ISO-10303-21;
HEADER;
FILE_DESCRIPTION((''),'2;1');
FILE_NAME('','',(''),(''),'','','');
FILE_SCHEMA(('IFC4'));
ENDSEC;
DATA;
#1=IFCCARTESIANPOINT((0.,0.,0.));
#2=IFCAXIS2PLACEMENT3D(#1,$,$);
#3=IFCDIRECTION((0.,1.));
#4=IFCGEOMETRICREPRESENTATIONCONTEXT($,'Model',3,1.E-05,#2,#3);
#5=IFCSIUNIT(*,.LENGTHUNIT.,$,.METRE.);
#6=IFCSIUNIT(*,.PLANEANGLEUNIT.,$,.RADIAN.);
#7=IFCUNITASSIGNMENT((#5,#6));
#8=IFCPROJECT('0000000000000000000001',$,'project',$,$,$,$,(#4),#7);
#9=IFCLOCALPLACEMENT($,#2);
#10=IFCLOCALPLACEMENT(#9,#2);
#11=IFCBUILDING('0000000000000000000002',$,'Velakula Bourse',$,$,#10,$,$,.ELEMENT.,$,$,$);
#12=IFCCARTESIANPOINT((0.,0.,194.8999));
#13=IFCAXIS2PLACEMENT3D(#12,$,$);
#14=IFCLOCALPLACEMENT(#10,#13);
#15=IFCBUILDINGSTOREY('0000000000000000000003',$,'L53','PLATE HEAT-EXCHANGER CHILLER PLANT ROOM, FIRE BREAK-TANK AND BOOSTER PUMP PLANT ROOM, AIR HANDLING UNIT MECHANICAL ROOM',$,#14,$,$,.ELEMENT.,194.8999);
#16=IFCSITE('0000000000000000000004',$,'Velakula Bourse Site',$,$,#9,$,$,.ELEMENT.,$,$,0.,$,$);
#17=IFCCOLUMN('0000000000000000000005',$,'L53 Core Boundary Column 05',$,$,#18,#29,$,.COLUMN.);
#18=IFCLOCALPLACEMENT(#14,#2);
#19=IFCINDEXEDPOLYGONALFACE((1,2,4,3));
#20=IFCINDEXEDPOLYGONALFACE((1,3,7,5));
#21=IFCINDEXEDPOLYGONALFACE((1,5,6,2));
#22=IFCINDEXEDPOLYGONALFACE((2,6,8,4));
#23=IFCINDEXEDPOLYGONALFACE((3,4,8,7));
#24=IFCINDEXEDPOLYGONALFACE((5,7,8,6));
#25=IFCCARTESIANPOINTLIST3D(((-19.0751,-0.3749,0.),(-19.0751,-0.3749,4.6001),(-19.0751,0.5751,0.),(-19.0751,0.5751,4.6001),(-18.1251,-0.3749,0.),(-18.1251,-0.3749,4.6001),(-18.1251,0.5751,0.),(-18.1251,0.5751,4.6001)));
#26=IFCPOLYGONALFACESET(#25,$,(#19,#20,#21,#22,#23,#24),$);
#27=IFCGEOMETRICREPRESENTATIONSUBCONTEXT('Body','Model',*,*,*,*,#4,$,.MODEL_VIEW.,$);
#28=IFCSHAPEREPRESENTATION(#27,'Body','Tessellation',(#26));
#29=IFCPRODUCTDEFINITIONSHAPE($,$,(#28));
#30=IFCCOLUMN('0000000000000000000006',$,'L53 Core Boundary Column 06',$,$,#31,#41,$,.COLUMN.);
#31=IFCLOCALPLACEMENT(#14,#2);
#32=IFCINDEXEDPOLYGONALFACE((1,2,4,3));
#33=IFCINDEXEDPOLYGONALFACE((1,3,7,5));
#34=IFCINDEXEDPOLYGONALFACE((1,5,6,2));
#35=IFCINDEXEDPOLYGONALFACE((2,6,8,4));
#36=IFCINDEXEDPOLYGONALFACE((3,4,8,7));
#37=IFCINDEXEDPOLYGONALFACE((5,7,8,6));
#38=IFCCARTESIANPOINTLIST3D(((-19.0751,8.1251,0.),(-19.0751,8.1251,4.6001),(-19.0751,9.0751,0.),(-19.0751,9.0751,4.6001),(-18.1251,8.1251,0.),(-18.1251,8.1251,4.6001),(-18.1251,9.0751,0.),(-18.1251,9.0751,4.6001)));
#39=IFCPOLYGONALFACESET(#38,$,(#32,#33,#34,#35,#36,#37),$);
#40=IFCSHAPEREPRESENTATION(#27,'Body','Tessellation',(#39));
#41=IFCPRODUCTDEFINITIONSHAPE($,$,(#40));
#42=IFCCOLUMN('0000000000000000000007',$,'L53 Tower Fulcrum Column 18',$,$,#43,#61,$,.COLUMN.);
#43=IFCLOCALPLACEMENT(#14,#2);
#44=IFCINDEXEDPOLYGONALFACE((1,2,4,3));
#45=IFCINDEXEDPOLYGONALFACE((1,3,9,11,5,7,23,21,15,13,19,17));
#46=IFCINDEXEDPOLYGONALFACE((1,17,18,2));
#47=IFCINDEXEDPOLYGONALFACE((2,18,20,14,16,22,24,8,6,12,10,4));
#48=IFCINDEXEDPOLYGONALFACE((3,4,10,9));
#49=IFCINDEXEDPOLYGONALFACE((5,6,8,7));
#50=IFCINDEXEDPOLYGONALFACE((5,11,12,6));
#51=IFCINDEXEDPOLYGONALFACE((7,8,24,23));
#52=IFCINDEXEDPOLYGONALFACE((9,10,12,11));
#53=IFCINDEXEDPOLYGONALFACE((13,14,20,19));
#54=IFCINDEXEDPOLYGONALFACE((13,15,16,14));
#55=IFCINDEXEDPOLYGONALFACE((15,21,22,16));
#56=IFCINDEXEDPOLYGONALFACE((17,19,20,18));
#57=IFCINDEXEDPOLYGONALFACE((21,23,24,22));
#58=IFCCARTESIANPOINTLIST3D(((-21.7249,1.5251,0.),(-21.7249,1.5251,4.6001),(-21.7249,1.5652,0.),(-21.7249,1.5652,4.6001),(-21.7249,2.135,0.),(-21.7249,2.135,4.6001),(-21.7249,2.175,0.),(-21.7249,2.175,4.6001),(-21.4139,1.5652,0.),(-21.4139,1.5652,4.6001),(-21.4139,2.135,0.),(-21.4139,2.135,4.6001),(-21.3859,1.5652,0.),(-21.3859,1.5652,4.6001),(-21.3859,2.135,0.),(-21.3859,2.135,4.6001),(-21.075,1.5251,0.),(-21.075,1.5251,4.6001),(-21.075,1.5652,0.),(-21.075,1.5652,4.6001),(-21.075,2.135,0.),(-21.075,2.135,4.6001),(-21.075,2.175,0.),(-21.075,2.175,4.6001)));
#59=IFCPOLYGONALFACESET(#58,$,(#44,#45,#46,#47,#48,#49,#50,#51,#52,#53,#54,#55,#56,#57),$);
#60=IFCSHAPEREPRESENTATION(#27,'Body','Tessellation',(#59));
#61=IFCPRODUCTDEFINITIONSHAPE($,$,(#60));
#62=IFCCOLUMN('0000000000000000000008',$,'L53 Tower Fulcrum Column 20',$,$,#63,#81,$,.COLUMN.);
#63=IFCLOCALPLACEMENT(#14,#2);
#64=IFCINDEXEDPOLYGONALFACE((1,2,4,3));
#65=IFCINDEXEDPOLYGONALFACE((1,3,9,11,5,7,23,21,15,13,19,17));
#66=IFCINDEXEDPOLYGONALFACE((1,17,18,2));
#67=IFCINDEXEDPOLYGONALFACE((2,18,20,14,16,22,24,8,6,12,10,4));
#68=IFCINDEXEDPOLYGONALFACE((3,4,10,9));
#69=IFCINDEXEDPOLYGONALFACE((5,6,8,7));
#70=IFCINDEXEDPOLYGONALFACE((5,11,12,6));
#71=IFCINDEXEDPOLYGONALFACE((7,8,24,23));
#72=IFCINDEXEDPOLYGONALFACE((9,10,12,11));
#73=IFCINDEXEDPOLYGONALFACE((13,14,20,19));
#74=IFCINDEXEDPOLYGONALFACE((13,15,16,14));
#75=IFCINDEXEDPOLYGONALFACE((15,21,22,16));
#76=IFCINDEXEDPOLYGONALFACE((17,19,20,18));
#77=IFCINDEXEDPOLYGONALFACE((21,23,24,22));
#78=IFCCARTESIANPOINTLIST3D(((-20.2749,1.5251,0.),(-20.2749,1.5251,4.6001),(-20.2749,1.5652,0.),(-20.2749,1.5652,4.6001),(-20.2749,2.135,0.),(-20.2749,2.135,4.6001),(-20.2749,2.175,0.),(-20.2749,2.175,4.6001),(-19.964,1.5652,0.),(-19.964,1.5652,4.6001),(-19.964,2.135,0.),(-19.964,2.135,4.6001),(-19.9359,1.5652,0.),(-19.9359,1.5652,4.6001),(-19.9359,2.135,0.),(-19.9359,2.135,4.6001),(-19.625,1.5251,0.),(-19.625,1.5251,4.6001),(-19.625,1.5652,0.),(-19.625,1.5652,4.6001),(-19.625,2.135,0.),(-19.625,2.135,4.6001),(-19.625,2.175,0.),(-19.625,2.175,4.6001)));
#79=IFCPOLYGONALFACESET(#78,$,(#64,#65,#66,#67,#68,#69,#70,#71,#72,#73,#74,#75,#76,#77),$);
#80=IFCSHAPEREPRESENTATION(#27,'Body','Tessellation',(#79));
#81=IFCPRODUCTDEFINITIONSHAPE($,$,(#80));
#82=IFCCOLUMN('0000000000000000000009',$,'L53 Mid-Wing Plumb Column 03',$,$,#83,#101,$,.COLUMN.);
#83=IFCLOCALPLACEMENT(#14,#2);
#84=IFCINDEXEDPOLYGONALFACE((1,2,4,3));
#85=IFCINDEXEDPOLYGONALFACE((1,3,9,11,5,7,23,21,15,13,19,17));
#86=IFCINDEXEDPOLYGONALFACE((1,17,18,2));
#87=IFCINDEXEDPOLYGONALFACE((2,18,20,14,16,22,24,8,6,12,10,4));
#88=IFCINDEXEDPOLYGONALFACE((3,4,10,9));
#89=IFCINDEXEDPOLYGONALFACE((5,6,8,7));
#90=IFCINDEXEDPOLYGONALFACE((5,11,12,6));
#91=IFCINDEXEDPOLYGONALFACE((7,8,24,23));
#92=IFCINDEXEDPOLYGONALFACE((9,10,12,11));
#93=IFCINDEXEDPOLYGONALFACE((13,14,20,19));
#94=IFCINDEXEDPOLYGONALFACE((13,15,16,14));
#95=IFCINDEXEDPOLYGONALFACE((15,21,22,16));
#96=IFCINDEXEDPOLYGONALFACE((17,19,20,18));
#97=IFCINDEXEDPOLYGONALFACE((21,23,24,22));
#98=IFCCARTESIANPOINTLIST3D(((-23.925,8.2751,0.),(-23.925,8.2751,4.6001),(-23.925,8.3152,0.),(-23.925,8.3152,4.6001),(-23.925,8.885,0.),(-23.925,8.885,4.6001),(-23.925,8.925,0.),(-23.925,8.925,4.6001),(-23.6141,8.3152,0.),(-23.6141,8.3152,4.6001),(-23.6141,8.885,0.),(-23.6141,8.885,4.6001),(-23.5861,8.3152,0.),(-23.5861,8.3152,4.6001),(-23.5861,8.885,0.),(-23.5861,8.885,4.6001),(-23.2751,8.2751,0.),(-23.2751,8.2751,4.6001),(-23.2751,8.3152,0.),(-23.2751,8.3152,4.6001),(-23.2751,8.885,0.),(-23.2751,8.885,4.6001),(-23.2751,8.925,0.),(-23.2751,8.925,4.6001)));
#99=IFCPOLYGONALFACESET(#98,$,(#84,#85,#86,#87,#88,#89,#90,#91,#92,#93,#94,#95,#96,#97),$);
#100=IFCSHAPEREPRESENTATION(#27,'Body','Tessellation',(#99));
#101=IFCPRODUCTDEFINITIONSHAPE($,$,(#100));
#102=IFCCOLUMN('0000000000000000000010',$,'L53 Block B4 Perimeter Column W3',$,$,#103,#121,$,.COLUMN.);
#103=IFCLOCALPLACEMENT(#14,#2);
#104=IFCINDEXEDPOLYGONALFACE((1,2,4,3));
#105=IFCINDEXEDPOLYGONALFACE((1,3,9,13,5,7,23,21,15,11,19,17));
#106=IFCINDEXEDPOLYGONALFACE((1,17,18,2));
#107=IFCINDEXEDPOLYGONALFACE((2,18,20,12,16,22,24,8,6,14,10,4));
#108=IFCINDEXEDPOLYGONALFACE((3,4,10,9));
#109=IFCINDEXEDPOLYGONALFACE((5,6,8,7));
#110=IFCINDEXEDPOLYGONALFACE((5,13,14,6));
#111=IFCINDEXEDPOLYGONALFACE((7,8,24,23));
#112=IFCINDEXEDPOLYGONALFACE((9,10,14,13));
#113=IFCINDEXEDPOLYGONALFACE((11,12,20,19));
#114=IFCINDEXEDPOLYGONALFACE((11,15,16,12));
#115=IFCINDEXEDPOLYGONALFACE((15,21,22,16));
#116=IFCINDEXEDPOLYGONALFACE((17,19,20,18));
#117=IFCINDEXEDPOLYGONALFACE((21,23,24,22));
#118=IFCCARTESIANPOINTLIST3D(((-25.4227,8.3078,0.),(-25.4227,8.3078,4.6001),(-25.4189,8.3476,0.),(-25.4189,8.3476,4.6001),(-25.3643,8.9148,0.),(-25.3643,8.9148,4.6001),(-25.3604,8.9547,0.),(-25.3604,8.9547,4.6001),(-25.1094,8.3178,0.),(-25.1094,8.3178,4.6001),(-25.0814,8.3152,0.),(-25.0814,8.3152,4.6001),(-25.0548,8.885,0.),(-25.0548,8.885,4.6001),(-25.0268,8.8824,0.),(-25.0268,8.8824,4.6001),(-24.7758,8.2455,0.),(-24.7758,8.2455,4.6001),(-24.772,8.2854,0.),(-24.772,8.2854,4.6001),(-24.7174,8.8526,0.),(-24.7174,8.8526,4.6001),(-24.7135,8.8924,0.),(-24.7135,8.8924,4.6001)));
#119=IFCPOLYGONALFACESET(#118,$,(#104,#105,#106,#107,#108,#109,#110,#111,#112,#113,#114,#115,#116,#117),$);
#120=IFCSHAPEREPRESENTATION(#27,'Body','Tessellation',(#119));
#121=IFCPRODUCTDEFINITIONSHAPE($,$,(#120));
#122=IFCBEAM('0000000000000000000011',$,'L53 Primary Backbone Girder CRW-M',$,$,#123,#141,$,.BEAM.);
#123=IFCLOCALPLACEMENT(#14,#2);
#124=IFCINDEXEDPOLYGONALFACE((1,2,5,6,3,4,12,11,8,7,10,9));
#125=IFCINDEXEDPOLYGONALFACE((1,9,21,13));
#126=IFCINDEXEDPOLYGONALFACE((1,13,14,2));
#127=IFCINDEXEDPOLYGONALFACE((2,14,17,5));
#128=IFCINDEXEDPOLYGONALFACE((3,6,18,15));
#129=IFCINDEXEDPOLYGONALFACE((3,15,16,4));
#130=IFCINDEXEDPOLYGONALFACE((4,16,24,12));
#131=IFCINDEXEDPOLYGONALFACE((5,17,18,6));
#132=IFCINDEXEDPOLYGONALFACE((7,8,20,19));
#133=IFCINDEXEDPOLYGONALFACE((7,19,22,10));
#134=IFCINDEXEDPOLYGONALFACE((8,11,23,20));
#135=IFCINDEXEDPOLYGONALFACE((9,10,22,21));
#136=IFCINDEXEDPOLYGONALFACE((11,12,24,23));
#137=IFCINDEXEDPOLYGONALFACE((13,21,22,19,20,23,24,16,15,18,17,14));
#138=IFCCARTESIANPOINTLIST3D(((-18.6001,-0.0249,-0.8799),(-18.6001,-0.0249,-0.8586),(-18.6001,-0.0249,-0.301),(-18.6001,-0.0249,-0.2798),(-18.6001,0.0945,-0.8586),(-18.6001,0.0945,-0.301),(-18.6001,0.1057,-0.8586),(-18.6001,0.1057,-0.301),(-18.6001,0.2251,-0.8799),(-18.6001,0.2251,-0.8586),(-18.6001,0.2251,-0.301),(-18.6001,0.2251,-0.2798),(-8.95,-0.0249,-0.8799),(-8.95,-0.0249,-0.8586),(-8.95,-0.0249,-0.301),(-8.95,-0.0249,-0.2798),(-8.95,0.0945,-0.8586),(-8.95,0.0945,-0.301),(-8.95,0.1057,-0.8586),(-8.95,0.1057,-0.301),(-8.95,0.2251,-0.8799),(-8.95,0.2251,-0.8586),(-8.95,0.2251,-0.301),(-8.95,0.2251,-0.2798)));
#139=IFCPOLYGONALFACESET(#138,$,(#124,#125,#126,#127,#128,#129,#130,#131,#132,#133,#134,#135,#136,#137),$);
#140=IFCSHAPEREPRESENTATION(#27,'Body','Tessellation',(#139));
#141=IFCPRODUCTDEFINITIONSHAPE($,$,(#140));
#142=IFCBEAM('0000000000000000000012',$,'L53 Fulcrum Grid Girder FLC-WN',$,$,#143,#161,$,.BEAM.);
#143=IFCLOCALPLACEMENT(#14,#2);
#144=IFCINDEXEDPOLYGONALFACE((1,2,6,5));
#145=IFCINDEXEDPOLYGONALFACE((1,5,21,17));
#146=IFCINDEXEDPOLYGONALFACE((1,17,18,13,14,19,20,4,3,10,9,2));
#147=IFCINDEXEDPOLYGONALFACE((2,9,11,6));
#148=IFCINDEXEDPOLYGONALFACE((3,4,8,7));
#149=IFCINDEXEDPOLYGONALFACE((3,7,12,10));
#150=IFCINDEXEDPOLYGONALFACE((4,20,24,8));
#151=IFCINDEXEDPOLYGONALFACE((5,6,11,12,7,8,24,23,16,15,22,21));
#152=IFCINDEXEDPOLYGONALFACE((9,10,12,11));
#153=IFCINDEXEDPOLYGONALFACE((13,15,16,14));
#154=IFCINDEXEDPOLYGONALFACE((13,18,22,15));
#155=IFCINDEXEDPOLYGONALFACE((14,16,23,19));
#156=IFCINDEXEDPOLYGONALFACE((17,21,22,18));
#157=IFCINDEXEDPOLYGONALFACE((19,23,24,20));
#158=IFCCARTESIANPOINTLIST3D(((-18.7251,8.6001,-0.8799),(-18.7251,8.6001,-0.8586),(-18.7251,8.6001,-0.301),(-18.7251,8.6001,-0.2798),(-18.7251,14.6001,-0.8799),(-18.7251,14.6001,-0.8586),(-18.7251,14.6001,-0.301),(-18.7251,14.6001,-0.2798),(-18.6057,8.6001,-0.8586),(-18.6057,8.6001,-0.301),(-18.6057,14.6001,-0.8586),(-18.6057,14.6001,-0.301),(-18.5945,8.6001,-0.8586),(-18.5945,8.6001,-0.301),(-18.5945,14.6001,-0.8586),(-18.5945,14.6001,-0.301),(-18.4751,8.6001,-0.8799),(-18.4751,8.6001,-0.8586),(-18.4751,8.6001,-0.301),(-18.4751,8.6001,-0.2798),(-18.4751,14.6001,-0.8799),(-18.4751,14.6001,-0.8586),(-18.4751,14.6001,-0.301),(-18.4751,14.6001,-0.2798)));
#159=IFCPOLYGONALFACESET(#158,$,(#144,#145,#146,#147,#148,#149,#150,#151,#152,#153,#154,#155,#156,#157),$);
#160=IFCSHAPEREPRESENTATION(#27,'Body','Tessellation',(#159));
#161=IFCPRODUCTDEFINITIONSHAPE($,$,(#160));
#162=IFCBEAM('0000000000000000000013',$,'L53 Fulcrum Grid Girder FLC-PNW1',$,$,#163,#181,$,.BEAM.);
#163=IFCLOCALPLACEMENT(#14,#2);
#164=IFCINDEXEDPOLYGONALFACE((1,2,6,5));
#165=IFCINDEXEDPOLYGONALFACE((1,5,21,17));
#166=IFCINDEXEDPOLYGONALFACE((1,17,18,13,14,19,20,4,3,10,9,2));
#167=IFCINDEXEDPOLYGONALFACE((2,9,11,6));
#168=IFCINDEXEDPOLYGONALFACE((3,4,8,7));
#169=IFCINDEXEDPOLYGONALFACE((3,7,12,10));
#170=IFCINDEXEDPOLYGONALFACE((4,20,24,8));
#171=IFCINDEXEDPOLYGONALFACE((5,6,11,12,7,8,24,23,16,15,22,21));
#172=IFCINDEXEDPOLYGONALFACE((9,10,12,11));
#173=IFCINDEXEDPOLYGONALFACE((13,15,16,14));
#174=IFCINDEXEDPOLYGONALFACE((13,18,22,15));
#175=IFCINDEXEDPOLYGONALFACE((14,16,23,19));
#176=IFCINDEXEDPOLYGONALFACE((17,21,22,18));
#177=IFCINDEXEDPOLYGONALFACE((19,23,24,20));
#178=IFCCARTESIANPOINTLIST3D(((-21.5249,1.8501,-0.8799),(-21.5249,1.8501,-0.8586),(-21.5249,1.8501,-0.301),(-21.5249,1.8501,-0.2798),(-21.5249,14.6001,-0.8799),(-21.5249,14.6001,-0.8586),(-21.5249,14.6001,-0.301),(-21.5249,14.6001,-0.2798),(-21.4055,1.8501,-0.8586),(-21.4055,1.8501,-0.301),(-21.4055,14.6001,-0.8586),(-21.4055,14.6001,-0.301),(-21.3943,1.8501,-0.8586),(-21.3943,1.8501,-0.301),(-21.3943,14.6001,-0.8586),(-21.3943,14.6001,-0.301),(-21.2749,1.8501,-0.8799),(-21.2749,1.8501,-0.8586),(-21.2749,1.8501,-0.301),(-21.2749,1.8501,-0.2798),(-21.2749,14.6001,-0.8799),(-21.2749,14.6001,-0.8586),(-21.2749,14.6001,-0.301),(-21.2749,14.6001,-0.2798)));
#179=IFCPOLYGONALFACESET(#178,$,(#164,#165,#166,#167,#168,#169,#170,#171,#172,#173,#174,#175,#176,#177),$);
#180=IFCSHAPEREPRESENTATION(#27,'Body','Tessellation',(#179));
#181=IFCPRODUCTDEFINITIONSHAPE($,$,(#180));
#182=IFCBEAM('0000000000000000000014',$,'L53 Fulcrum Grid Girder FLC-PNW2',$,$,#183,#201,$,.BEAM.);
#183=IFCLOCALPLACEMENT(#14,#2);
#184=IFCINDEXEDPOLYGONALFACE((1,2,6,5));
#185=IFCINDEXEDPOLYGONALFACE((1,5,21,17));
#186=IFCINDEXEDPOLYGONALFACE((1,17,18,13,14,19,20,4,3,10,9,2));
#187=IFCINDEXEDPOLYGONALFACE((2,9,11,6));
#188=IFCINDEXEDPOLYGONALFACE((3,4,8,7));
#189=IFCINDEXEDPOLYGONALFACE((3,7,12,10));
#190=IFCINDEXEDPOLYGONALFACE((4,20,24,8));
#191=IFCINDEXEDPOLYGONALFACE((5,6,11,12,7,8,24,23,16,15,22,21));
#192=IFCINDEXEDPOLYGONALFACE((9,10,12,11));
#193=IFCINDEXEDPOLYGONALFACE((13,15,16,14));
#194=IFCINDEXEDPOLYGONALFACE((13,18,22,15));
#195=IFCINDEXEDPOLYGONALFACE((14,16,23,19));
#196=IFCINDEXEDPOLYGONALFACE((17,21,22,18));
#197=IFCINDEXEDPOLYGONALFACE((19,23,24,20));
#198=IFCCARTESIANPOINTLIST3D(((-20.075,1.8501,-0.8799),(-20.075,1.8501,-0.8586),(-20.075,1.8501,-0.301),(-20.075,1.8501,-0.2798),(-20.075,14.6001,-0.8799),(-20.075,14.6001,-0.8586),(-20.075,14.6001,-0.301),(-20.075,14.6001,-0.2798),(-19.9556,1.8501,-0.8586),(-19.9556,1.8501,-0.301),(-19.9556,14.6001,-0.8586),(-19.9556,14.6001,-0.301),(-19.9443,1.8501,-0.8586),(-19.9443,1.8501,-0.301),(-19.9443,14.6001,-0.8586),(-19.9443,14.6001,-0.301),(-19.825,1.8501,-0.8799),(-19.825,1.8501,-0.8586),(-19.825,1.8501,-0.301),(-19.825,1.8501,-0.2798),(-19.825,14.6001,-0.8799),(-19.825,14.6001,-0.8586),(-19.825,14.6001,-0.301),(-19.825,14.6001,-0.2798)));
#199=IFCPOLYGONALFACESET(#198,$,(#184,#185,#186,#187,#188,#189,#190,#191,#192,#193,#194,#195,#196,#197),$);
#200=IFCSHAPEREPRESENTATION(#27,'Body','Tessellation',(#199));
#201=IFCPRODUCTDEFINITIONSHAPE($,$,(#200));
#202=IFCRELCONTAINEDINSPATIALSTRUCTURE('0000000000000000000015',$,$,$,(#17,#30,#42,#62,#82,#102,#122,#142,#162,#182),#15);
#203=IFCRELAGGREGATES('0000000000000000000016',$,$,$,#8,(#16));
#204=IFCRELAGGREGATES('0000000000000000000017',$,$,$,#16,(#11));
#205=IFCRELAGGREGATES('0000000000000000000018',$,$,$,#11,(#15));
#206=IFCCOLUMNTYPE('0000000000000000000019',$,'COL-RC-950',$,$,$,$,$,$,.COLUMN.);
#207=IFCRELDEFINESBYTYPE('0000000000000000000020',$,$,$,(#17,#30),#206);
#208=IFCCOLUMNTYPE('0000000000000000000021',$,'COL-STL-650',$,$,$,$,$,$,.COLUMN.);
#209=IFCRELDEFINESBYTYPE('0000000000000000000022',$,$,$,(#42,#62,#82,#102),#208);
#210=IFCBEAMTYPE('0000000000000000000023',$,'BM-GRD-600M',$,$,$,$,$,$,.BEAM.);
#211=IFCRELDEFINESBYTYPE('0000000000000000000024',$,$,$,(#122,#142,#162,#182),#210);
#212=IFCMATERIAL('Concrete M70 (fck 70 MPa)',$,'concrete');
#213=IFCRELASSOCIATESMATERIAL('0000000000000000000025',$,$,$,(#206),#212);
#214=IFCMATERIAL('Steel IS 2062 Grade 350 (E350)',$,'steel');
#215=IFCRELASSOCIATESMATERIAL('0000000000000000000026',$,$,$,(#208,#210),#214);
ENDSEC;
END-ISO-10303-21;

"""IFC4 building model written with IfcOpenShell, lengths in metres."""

from ifc_helpers import new_model, si_unit, direction, frame, origin, origin_2d, place, context, subcontext, project, spatial, rectangle, i_section, extrude, material, material_profile, profile_set, type_object, element, save


model = new_model("IFC4")

# Units and contexts
model_context = context("Model", 3, precision=1e-05, world=origin(), true_north=direction((0.0, 1.0)))
body_context = subcontext(model_context, "Body", "Model", "MODEL_VIEW")
ifc_project = project(units=[si_unit("LENGTHUNIT", "METRE"), si_unit("PLANEANGLEUNIT", "RADIAN")], contexts=[model_context])

# Site, building, storey
site_placement = place(None, origin())
site = spatial("IfcSite", under=ifc_project, at=site_placement, Name="Velakula Bourse Site", CompositionType="ELEMENT", RefElevation=0.0)
building_placement = place(site_placement, origin())
building = spatial("IfcBuilding", under=site, at=building_placement, Name="Velakula Bourse", CompositionType="ELEMENT")
storey_placement = place(building_placement, frame((0.0, 0.0, 194.8999)))
storey = spatial("IfcBuildingStorey", under=building, at=storey_placement, Name="L53", Description="PLATE HEAT-EXCHANGER CHILLER PLANT ROOM, FIRE BREAK-TANK AND BOOSTER PUMP PLANT ROOM, AIR HANDLING UNIT MECHANICAL ROOM", CompositionType="ELEMENT", Elevation=194.8999)

# Columns
ifc_material_1 = material(Name="Concrete M70 (fck 70 MPa)", Category="concrete")
ifc_material_profile_1 = material_profile(ifc_material_1, rectangle(XDim=0.95, YDim=0.95, at=origin_2d()), Name="Concrete M70 (fck 70 MPa)")
ifc_profile_set_1 = profile_set([ifc_material_profile_1], Name="Concrete M70 (fck 70 MPa)")
column_type_1 = type_object("IfcColumnType", Name="COL-RC-950", PredefinedType="COLUMN", material=ifc_profile_set_1)
for number, where, z_axis, x_axis, name in (
    (1, (-18.6001, 0.1001, 0.0), (0.0, 0.0, 1.0), (1.0, 0.0, 0.0), "L53 Core Boundary Column 05"),
    (2, (-18.6001, 8.6001, 0.0), (0.0, 0.0, 1.0), (1.0, 0.0, 0.0), "L53 Core Boundary Column 06"),
):
    element("IfcColumn", number, at=place(storey_placement, frame(where, z_axis=z_axis, x_axis=x_axis)), inside=storey, type_object=column_type_1, Name=name, PredefinedType="COLUMN", context=body_context, shape_type="SweptSolid", body=[
        extrude(rectangle(XDim=0.95, YDim=0.95, at=origin_2d()), origin(), (0.0, 0.0, 1.0), 4.6001),
    ])
ifc_material_2 = material(Name="Steel IS 2062 Grade 350 (E350)", Category="steel")
ifc_material_profile_2 = material_profile(ifc_material_2, i_section(OverallWidth=0.6499, OverallDepth=0.6499, WebThickness=0.0281, FlangeThickness=0.04, at=origin_2d()), Name="Steel IS 2062 Grade 350 (E350)")
ifc_profile_set_2 = profile_set([ifc_material_profile_2], Name="Steel IS 2062 Grade 350 (E350)")
column_type_2 = type_object("IfcColumnType", Name="COL-STL-650", PredefinedType="COLUMN", material=ifc_profile_set_2)
for number, where, z_axis, x_axis, name in (
    (3, (-21.3999, 1.8501, 0.0), (0.0, 0.0, 1.0), (1.0, 0.0, 0.0), "L53 Tower Fulcrum Column 18"),
    (4, (-19.95, 1.8501, 0.0), (0.0, 0.0, 1.0), (1.0, 0.0, 0.0), "L53 Tower Fulcrum Column 20"),
    (5, (-23.6001, 8.6001, 0.0), (0.0, 0.0, 1.0), (1.0, 0.0, 0.0), "L53 Mid-Wing Plumb Column 03"),
    (6, (-25.0681, 8.6001, 0.0), (0.0, 0.0, 1.0), (0.995396, -0.095846, 0.0), "L53 Block B4 Perimeter Column W3"),
):
    element("IfcColumn", number, at=place(storey_placement, frame(where, z_axis=z_axis, x_axis=x_axis)), inside=storey, type_object=column_type_2, Name=name, PredefinedType="COLUMN", context=body_context, shape_type="SweptSolid", body=[
        extrude(i_section(OverallWidth=0.6499, OverallDepth=0.6499, WebThickness=0.0281, FlangeThickness=0.04, at=origin_2d()), origin(), (0.0, 0.0, 1.0), 4.6001),
    ])

# Beams
ifc_material_profile_3 = material_profile(ifc_material_2, i_section(OverallWidth=0.25, OverallDepth=0.6001, WebThickness=0.0112, FlangeThickness=0.0212, at=origin_2d()), Name="Steel IS 2062 Grade 350 (E350)")
ifc_profile_set_3 = profile_set([ifc_material_profile_3], Name="Steel IS 2062 Grade 350 (E350)")
beam_type_1 = type_object("IfcBeamType", Name="BM-GRD-600M", PredefinedType="BEAM", material=ifc_profile_set_3)
beam_1_placement = place(storey_placement, frame((-18.6001, 0.1001, -0.5798), z_axis=(1.0, 0.0, 0.0), x_axis=(0.0, 1.0, 0.0)))
element("IfcBeam", 7, at=beam_1_placement, inside=storey, type_object=beam_type_1, Name="L53 Primary Backbone Girder CRW-M", PredefinedType="BEAM", context=body_context, shape_type="SweptSolid", body=[
    extrude(i_section(OverallWidth=0.25, OverallDepth=0.6001, WebThickness=0.0112, FlangeThickness=0.0212, at=origin_2d()), origin(), (0.0, 0.0, 1.0), 9.6501),
])
beam_2_placement = place(storey_placement, frame((-18.6001, 8.6001, -0.5798), z_axis=(0.0, 1.0, 0.0), x_axis=(-1.0, 0.0, 0.0)))
element("IfcBeam", 8, at=beam_2_placement, inside=storey, type_object=beam_type_1, Name="L53 Fulcrum Grid Girder FLC-WN", PredefinedType="BEAM", context=body_context, shape_type="SweptSolid", body=[
    extrude(i_section(OverallWidth=0.25, OverallDepth=0.6001, WebThickness=0.0112, FlangeThickness=0.0212, at=origin_2d()), origin(), (0.0, 0.0, 1.0), 6.0),
])
for number, where, z_axis, x_axis, name in (
    (9, (-21.3999, 1.8501, -0.5798), (0.0, 1.0, 0.0), (-1.0, 0.0, 0.0), "L53 Fulcrum Grid Girder FLC-PNW1"),
    (10, (-19.95, 1.8501, -0.5798), (0.0, 1.0, 0.0), (-1.0, 0.0, 0.0), "L53 Fulcrum Grid Girder FLC-PNW2"),
):
    element("IfcBeam", number, at=place(storey_placement, frame(where, z_axis=z_axis, x_axis=x_axis)), inside=storey, type_object=beam_type_1, Name=name, PredefinedType="BEAM", context=body_context, shape_type="SweptSolid", body=[
        extrude(i_section(OverallWidth=0.25, OverallDepth=0.6001, WebThickness=0.0112, FlangeThickness=0.0212, at=origin_2d()), origin(), (0.0, 0.0, 1.0), 12.75),
    ])

save(model, "model.ifc")
